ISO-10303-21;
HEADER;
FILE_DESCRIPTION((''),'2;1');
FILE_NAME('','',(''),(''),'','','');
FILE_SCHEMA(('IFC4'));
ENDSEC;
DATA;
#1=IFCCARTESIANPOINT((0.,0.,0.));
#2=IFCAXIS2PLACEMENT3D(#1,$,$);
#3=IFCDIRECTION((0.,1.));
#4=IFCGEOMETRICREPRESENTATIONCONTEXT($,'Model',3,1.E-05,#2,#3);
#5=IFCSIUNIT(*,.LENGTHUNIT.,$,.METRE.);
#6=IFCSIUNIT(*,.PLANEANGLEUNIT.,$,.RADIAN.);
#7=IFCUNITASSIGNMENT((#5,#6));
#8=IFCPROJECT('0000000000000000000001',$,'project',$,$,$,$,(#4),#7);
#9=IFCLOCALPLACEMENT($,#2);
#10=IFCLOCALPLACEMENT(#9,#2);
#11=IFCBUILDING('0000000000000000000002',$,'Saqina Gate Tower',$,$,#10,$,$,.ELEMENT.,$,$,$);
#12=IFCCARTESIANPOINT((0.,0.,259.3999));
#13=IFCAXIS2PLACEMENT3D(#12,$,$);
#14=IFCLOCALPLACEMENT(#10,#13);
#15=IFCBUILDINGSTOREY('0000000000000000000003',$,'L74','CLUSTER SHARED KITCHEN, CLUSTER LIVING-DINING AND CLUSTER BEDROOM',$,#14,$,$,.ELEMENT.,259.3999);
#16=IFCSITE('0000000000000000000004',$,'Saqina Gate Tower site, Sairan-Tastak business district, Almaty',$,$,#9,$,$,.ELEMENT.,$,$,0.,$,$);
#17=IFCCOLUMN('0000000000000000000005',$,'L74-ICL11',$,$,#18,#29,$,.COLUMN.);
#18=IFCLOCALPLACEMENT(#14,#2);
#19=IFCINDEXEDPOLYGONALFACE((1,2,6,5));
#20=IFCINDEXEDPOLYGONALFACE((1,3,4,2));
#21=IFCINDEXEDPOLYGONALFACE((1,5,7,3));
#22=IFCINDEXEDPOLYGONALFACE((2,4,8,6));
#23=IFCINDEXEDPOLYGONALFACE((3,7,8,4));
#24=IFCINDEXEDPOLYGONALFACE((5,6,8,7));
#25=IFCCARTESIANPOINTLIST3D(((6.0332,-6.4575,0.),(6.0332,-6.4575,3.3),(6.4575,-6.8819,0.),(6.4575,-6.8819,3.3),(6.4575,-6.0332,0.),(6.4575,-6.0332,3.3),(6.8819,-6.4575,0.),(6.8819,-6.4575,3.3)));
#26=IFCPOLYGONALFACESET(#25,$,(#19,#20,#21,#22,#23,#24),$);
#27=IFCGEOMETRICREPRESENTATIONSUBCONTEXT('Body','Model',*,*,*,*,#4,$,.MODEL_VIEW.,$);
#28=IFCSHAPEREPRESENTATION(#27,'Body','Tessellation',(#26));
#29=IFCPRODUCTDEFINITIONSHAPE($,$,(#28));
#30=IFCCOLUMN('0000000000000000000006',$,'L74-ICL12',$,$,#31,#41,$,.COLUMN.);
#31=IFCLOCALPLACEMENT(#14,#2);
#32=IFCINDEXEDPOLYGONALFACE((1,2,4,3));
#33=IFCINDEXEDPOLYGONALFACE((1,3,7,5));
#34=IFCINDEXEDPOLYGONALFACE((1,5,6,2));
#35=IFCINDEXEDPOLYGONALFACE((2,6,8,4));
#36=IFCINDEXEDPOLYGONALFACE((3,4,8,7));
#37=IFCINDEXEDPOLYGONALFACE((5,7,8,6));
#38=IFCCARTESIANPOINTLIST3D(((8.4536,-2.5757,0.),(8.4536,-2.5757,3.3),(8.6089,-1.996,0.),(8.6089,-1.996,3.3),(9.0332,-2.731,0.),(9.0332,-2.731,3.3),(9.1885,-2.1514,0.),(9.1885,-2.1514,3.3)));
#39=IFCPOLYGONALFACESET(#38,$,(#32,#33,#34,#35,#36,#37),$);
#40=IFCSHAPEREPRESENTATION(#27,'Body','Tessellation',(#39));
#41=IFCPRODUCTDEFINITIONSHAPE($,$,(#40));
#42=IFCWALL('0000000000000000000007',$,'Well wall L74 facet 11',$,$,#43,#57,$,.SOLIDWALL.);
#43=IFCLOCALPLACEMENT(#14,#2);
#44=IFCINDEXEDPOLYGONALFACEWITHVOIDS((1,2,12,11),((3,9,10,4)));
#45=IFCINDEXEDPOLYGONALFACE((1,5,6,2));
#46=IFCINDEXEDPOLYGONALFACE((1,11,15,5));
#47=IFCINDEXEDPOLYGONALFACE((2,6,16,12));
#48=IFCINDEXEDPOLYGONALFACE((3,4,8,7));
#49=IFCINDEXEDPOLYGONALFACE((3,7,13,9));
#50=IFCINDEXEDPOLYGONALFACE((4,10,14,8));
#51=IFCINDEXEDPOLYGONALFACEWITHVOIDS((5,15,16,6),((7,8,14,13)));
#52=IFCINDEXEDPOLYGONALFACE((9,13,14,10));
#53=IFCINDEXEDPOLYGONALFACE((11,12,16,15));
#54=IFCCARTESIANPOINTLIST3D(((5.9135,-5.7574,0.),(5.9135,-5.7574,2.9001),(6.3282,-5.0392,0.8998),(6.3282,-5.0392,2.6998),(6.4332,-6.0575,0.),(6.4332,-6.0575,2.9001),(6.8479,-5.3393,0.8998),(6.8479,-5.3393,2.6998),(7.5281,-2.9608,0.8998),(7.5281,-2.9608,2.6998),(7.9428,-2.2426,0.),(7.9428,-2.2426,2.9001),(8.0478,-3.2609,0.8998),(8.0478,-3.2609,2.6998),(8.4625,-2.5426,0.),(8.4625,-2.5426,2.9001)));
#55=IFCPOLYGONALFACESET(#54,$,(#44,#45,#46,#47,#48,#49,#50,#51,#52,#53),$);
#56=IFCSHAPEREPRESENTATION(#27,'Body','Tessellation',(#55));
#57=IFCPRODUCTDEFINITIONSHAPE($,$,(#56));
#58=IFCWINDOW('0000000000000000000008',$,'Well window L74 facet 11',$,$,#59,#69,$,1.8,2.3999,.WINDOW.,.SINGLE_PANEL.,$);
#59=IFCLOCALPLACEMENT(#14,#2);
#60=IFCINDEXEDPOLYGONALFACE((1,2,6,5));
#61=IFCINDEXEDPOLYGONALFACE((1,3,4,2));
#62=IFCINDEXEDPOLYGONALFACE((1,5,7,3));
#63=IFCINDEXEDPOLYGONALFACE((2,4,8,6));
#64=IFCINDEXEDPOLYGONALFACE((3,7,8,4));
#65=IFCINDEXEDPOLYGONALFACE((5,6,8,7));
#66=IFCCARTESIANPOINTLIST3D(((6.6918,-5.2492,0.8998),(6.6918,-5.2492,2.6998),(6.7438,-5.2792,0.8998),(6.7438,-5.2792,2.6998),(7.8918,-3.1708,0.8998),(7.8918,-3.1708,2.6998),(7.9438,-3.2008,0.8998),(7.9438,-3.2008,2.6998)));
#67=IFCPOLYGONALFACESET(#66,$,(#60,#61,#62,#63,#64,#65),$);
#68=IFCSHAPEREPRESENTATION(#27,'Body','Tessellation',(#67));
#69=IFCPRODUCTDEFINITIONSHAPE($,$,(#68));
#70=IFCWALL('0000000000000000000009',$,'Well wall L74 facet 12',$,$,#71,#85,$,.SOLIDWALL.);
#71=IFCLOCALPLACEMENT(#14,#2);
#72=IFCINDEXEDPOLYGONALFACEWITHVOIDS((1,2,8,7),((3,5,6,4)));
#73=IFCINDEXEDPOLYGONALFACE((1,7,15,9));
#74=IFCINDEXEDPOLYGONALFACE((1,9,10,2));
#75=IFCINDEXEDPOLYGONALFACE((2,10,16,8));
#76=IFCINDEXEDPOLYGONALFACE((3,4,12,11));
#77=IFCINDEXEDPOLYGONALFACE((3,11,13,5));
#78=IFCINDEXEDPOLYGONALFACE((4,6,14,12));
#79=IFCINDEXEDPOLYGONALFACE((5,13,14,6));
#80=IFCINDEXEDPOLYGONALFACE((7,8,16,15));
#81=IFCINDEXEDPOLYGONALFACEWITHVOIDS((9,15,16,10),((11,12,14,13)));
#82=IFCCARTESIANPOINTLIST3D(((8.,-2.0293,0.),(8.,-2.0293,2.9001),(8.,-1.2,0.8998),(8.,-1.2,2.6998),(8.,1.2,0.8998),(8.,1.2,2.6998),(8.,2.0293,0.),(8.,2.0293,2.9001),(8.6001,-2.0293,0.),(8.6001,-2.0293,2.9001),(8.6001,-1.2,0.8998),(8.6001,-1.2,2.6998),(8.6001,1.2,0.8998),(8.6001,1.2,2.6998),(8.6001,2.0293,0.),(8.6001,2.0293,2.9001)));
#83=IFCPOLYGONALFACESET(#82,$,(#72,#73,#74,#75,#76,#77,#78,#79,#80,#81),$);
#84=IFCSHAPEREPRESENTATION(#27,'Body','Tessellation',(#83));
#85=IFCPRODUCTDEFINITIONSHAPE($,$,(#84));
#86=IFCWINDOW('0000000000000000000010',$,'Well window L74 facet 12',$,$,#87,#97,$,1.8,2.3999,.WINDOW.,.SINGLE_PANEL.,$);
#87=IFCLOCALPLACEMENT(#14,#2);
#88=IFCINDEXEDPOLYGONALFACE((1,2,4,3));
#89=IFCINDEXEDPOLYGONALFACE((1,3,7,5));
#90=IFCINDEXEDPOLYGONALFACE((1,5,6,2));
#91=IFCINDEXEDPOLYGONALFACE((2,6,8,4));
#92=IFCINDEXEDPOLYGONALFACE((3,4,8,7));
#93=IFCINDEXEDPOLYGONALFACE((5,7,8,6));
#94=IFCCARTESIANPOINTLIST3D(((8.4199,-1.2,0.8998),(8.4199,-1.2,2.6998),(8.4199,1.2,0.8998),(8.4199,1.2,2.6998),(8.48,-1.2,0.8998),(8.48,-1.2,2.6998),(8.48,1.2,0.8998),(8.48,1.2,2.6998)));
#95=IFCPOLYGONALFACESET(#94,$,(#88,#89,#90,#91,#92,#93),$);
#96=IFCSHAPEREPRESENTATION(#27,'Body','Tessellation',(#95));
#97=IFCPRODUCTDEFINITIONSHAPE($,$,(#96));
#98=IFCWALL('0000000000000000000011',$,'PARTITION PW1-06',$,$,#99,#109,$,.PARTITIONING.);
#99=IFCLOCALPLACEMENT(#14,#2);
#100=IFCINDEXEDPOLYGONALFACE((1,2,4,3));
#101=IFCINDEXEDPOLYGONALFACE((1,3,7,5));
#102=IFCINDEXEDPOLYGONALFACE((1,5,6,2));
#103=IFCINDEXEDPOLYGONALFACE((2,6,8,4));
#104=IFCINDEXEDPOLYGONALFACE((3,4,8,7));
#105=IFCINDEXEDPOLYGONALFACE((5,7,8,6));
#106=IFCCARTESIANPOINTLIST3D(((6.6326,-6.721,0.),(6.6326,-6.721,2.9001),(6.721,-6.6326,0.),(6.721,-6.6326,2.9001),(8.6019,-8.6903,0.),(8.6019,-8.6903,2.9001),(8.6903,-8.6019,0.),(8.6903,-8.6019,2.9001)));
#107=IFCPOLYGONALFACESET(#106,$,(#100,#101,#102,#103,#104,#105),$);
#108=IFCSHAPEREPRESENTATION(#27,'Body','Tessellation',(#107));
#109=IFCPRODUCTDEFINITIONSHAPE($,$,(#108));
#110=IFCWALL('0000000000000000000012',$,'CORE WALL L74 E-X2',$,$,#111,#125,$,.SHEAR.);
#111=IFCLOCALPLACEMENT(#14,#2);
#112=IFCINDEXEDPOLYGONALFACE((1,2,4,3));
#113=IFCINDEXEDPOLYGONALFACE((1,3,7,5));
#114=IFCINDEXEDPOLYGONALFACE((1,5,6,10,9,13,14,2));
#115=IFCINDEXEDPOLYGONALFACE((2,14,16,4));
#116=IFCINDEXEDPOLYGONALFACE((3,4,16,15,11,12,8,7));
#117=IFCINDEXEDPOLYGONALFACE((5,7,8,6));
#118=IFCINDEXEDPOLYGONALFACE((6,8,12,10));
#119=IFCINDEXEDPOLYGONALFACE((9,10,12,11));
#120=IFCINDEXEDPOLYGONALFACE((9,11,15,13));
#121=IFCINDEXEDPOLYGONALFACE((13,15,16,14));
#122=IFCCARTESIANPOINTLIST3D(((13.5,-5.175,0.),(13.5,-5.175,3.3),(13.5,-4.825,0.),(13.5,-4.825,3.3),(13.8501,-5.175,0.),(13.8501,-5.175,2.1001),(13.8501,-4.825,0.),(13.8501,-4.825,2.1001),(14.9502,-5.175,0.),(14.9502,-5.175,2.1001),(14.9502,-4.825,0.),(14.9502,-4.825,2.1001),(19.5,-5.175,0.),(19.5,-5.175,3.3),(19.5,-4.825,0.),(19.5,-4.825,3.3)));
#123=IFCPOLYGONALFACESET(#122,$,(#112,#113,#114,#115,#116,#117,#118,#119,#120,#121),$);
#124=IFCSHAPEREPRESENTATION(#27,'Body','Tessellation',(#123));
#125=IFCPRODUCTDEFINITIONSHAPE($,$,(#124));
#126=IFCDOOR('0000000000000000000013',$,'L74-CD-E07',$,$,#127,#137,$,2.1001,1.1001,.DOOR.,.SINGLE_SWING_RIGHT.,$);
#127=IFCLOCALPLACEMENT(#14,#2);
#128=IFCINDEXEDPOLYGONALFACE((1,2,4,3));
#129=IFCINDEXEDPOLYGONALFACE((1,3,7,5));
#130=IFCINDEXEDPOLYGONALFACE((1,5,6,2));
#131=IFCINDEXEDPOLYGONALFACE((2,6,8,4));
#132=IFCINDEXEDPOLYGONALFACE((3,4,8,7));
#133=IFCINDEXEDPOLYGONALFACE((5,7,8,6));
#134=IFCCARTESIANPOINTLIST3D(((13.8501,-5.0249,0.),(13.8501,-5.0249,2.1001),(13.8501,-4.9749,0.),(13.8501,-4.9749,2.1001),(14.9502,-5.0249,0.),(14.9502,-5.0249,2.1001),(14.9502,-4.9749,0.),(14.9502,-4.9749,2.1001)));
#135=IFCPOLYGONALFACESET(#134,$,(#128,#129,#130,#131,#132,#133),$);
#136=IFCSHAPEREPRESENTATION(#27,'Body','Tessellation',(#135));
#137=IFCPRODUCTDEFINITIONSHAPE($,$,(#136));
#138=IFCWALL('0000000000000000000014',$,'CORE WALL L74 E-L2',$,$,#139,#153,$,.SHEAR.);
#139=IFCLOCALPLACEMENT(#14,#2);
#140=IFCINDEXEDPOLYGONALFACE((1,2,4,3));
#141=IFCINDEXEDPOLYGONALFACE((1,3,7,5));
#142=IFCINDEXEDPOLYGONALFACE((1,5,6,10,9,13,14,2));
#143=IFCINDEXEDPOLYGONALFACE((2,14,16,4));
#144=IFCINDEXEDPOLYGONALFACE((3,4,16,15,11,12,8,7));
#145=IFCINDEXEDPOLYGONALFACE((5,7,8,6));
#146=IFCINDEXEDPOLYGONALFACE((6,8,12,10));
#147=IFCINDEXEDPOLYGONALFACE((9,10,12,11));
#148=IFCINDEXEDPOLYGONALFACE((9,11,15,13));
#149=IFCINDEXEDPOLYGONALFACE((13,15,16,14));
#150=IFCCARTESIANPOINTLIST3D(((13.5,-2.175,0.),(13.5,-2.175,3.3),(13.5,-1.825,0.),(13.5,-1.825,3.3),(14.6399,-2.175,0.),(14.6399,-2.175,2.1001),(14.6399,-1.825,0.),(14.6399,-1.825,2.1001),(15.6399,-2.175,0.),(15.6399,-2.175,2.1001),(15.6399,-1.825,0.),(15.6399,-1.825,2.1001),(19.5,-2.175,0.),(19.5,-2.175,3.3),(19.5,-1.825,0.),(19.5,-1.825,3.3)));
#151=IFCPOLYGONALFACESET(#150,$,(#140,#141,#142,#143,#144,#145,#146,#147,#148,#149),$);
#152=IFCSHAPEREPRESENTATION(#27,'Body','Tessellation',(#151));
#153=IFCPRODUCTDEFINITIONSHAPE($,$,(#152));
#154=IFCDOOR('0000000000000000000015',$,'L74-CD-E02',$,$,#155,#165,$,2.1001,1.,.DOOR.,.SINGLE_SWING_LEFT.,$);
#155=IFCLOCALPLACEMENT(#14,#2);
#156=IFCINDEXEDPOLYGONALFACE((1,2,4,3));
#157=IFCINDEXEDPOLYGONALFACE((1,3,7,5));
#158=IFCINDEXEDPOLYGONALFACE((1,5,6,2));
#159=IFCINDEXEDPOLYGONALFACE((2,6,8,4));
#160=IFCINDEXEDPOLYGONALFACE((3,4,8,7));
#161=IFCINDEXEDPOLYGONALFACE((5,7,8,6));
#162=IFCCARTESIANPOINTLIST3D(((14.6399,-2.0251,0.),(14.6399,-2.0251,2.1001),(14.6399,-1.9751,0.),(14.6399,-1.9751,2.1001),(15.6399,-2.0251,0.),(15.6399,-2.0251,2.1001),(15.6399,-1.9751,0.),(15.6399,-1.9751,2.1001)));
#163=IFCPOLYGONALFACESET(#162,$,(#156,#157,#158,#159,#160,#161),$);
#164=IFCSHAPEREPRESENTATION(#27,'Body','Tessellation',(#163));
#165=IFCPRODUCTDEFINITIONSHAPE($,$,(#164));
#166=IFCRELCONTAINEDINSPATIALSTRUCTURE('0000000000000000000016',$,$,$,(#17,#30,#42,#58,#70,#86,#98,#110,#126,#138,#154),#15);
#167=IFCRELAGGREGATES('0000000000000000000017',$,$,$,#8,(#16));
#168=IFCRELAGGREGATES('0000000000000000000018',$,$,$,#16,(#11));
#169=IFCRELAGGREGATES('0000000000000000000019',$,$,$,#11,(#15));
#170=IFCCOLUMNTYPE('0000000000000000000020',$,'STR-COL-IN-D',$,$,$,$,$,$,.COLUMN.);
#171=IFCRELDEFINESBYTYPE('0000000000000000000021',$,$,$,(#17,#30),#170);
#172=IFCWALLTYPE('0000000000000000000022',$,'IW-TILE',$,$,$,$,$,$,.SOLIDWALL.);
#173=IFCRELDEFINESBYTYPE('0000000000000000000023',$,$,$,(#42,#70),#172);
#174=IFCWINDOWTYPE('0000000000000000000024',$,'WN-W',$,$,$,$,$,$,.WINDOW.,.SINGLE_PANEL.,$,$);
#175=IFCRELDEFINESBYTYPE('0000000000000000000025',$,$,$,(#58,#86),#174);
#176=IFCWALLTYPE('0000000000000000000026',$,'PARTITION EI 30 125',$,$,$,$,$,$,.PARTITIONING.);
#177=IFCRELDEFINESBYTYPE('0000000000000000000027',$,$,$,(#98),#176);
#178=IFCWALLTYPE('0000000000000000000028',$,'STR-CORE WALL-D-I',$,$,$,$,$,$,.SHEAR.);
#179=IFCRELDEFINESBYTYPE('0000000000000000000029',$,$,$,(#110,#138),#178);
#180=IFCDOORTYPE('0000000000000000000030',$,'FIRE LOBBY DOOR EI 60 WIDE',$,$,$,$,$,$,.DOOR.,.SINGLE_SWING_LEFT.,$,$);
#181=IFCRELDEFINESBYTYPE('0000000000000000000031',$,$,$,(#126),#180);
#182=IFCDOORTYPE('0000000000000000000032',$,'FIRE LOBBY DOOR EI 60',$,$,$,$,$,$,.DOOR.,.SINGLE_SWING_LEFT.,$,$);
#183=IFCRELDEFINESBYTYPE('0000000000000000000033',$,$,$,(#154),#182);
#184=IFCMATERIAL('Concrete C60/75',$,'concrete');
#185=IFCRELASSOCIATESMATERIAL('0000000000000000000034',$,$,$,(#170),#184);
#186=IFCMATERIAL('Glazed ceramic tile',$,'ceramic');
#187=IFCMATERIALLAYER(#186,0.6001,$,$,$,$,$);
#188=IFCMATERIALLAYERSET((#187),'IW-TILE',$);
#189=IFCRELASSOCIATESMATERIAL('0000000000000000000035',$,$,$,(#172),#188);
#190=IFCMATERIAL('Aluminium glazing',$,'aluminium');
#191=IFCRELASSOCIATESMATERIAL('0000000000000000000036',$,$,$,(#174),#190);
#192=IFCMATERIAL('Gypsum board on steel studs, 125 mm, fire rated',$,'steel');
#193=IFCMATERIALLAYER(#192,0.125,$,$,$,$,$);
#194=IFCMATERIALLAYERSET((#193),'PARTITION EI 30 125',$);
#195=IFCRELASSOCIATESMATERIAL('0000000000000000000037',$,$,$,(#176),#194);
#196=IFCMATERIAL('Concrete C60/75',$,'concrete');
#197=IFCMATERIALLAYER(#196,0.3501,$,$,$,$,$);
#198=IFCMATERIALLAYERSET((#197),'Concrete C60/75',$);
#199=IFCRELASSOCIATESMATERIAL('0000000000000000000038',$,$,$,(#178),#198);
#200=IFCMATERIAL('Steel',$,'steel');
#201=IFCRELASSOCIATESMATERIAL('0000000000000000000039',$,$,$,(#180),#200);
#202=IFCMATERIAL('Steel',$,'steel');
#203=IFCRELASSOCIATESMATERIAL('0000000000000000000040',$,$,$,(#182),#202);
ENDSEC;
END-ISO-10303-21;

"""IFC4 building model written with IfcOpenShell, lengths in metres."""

from ifc_helpers import new_model, si_unit, direction, frame, frame_2d, origin, origin_2d, place, context, subcontext, project, spatial, rectangle, extrude, material, layer, layer_set, material_profile, profile_set, type_object, element, fill, save


model = new_model("IFC4")

# Units and contexts
model_context = context("Model", 3, precision=1e-05, world=origin(), true_north=direction((0.0, 1.0)))
body_context = subcontext(model_context, "Body", "Model", "MODEL_VIEW")
ifc_project = project(units=[si_unit("LENGTHUNIT", "METRE"), si_unit("PLANEANGLEUNIT", "RADIAN")], contexts=[model_context])

# Site, building, storey
site_placement = place(None, origin())
site = spatial("IfcSite", under=ifc_project, at=site_placement, Name="Saqina Gate Tower site, Sairan-Tastak business district, Almaty", CompositionType="ELEMENT", RefElevation=0.0)
building_placement = place(site_placement, origin())
building = spatial("IfcBuilding", under=site, at=building_placement, Name="Saqina Gate Tower", CompositionType="ELEMENT")
storey_placement = place(building_placement, frame((0.0, 0.0, 259.3999)))
storey = spatial("IfcBuildingStorey", under=building, at=storey_placement, Name="L74", Description="CLUSTER SHARED KITCHEN, CLUSTER LIVING-DINING AND CLUSTER BEDROOM", CompositionType="ELEMENT", Elevation=259.3999)

# Columns
ifc_material_1 = material(Name="Concrete C60/75", Category="concrete")
ifc_material_profile = material_profile(ifc_material_1, rectangle(XDim=0.6001, YDim=0.6001, at=origin_2d()), Name="RC 600x600")
ifc_profile_set = profile_set([ifc_material_profile], Name="Concrete C60/75")
column_type = type_object("IfcColumnType", Name="STR-COL-IN-D", PredefinedType="COLUMN", material=ifc_profile_set)
for number, where, z_axis, x_axis, name in (
    (1, (6.4575, -6.4575, 0.0), (0.0, 0.0, 1.0), (0.707107, -0.707107, 0.0), "L74-ICL11"),
    (2, (8.821, -2.3635, 0.0), (0.0, 0.0, 1.0), (0.965926, -0.258819, 0.0), "L74-ICL12"),
):
    element("IfcColumn", number, at=place(storey_placement, frame(where, z_axis=z_axis, x_axis=x_axis)), inside=storey, type_object=column_type, Name=name, PredefinedType="COLUMN", context=body_context, shape_type="SweptSolid", body=[
        extrude(rectangle(XDim=0.6001, YDim=0.6001, at=origin_2d()), origin(), (0.0, 0.0, 1.0), 3.3),
    ])

# Walls, openings, windows
ifc_material_2 = material(Name="Glazed ceramic tile", Category="ceramic")
ifc_layer_1 = layer(ifc_material_2, 0.6001)
ifc_layer_set_1 = layer_set([ifc_layer_1], Name="IW-TILE")
wall_type_1 = type_object("IfcWallType", Name="IW-TILE", PredefinedType="SOLIDWALL", material=ifc_layer_set_1)
wall_1_placement = place(storey_placement, frame((6.1733, -5.9075, 0.0), z_axis=(0.0, 0.0, 1.0), x_axis=(0.499995, 0.866028, 0.0)))
wall_1 = element("IfcWall", 3, at=wall_1_placement, inside=storey, type_object=wall_type_1, Name="Well wall L74 facet 11", PredefinedType="SOLIDWALL", context=body_context, shape_type="SweptSolid", body=[
    extrude(rectangle(XDim=4.0586, YDim=0.6001, at=frame_2d((2.0293, 0.0))), origin(), (0.0, 0.0, 1.0), 2.9001),
])
opening_1_placement = place(wall_1_placement, frame((0.8293, 0.0, 0.8999)))
opening_1 = element("IfcOpeningElement", 4, at=opening_1_placement, cuts=wall_1, PredefinedType="OPENING", context=body_context, shape_type="SweptSolid", body=[
    extrude(rectangle(XDim=2.3999, YDim=1.8, at=frame_2d((1.2, 0.8999))), frame((0.0, 0.312, 0.0), z_axis=(0.0, -1.0, 0.0), x_axis=(1.0, 0.0, 0.0)), (0.0, 0.0, 1.0), 0.624),
])
ifc_material_3 = material(Name="Aluminium glazing", Category="aluminium")
window_type = type_object("IfcWindowType", Name="WN-W", PartitioningType="SINGLE_PANEL", PredefinedType="WINDOW", material=ifc_material_3)
window_1_placement = place(opening_1_placement, origin())
window_1 = element("IfcWindow", 5, at=window_1_placement, inside=storey, type_object=window_type, Name="Well window L74 facet 11", OverallHeight=1.8, OverallWidth=2.3999, PartitioningType="SINGLE_PANEL", PredefinedType="WINDOW", context=body_context, shape_type="SweptSolid", body=[
    extrude(rectangle(XDim=2.3999, YDim=1.8, at=frame_2d((1.2, 0.8999))), frame((0.0, -0.1199, 0.0), z_axis=(0.0, -1.0, 0.0), x_axis=(1.0, 0.0, 0.0)), (0.0, 0.0, 1.0), 0.0601),
])
fill(opening_1, window_1)
wall_2_placement = place(storey_placement, frame((8.3, -2.0293, 0.0), z_axis=(0.0, 0.0, 1.0), x_axis=(0.0, 1.0, 0.0)))
wall_2 = element("IfcWall", 6, at=wall_2_placement, inside=storey, type_object=wall_type_1, Name="Well wall L74 facet 12", PredefinedType="SOLIDWALL", context=body_context, shape_type="SweptSolid", body=[
    extrude(rectangle(XDim=4.0586, YDim=0.6001, at=frame_2d((2.0293, 0.0))), origin(), (0.0, 0.0, 1.0), 2.9001),
])
opening_2_placement = place(wall_2_placement, frame((0.8293, 0.0, 0.8999)))
opening_2 = element("IfcOpeningElement", 7, at=opening_2_placement, cuts=wall_2, PredefinedType="OPENING", context=body_context, shape_type="SweptSolid", body=[
    extrude(rectangle(XDim=2.3999, YDim=1.8, at=frame_2d((1.2, 0.8999))), frame((0.0, 0.312, 0.0), z_axis=(0.0, -1.0, 0.0), x_axis=(1.0, 0.0, 0.0)), (0.0, 0.0, 1.0), 0.624),
])
window_2_placement = place(opening_2_placement, origin())
window_2 = element("IfcWindow", 8, at=window_2_placement, inside=storey, type_object=window_type, Name="Well window L74 facet 12", OverallHeight=1.8, OverallWidth=2.3999, PartitioningType="SINGLE_PANEL", PredefinedType="WINDOW", context=body_context, shape_type="SweptSolid", body=[
    extrude(rectangle(XDim=2.3999, YDim=1.8, at=frame_2d((1.2, 0.8999))), frame((0.0, -0.1199, 0.0), z_axis=(0.0, -1.0, 0.0), x_axis=(1.0, 0.0, 0.0)), (0.0, 0.0, 1.0), 0.0601),
])
fill(opening_2, window_2)

# Wall
ifc_material_4 = material(Name="Gypsum board on steel studs, 125 mm, fire rated", Category="steel")
ifc_layer_2 = layer(ifc_material_4, 0.125)
ifc_layer_set_2 = layer_set([ifc_layer_2], Name="PARTITION EI 30 125")
wall_type_2 = type_object("IfcWallType", Name="PARTITION EI 30 125", PredefinedType="PARTITIONING", material=ifc_layer_set_2)
wall_3_placement = place(storey_placement, frame((6.6768, -6.6768, 0.0), z_axis=(0.0, 0.0, 1.0), x_axis=(0.707107, -0.707107, 0.0)))
element("IfcWall", 9, at=wall_3_placement, inside=storey, type_object=wall_type_2, Name="PARTITION PW1-06", PredefinedType="PARTITIONING", context=body_context, shape_type="SweptSolid", body=[
    extrude(rectangle(XDim=2.7849, YDim=0.125, at=frame_2d((1.3926, 0.0))), origin(), (0.0, 0.0, 1.0), 2.9001),
])

# Walls, openings, doors
ifc_material_5 = material(Name="Concrete C60/75", Category="concrete")
ifc_layer_3 = layer(ifc_material_5, 0.3501)
ifc_layer_set_3 = layer_set([ifc_layer_3], Name="Concrete C60/75")
wall_type_3 = type_object("IfcWallType", Name="STR-CORE WALL-D-I", PredefinedType="SHEAR", material=ifc_layer_set_3)
wall_4_placement = place(storey_placement, frame((13.5, -5.0, 0.0), z_axis=(0.0, 0.0, 1.0), x_axis=(1.0, 0.0, 0.0)))
wall_4 = element("IfcWall", 10, at=wall_4_placement, inside=storey, type_object=wall_type_3, Name="CORE WALL L74 E-X2", PredefinedType="SHEAR", context=body_context, shape_type="SweptSolid", body=[
    extrude(rectangle(XDim=6.0, YDim=0.3501, at=frame_2d((3.0, 0.0))), origin(), (0.0, 0.0, 1.0), 3.3),
])
opening_3_placement = place(wall_4_placement, frame((0.3501, 0.0, 0.0)))
opening_3 = element("IfcOpeningElement", 11, at=opening_3_placement, cuts=wall_4, PredefinedType="OPENING", context=body_context, shape_type="SweptSolid", body=[
    extrude(rectangle(XDim=1.1001, YDim=2.1001, at=frame_2d((0.55, 1.05))), frame((0.0, 0.187, 0.0), z_axis=(0.0, -1.0, 0.0), x_axis=(1.0, 0.0, 0.0)), (0.0, 0.0, 1.0), 0.374),
])
ifc_material_6 = material(Name="Steel", Category="steel")
door_type_1 = type_object("IfcDoorType", Name="FIRE LOBBY DOOR EI 60 WIDE", OperationType="SINGLE_SWING_LEFT", PredefinedType="DOOR", material=ifc_material_6)
door_1_placement = place(opening_3_placement, frame((1.1001, 0.0, 0.0), z_axis=(0.0, 0.0, 1.0), x_axis=(-1.0, 0.0, 0.0)))
door_1 = element("IfcDoor", 12, at=door_1_placement, inside=storey, type_object=door_type_1, Name="L74-CD-E07", OperationType="SINGLE_SWING_RIGHT", OverallHeight=2.1001, OverallWidth=1.1001, PredefinedType="DOOR", context=body_context, shape_type="SweptSolid", body=[
    extrude(rectangle(XDim=1.1001, YDim=2.1001, at=frame_2d((0.55, 1.05))), frame((0.0, 0.0249, 0.0), z_axis=(0.0, -1.0, 0.0), x_axis=(1.0, 0.0, 0.0)), (0.0, 0.0, 1.0), 0.05),
])
fill(opening_3, door_1)
wall_5_placement = place(storey_placement, frame((13.5, -2.0, 0.0), z_axis=(0.0, 0.0, 1.0), x_axis=(1.0, 0.0, 0.0)))
wall_5 = element("IfcWall", 13, at=wall_5_placement, inside=storey, type_object=wall_type_3, Name="CORE WALL L74 E-L2", PredefinedType="SHEAR", context=body_context, shape_type="SweptSolid", body=[
    extrude(rectangle(XDim=6.0, YDim=0.3501, at=frame_2d((3.0, 0.0))), origin(), (0.0, 0.0, 1.0), 3.3),
])
opening_4_placement = place(wall_5_placement, frame((1.1399, 0.0, 0.0)))
opening_4 = element("IfcOpeningElement", 14, at=opening_4_placement, cuts=wall_5, PredefinedType="OPENING", context=body_context, shape_type="SweptSolid", body=[
    extrude(rectangle(XDim=1.0, YDim=2.1001, at=frame_2d((0.5, 1.05))), frame((0.0, 0.187, 0.0), z_axis=(0.0, -1.0, 0.0), x_axis=(1.0, 0.0, 0.0)), (0.0, 0.0, 1.0), 0.374),
])
ifc_material_7 = material(Name="Steel", Category="steel")
door_type_2 = type_object("IfcDoorType", Name="FIRE LOBBY DOOR EI 60", OperationType="SINGLE_SWING_LEFT", PredefinedType="DOOR", material=ifc_material_7)
door_2_placement = place(opening_4_placement, origin())
door_2 = element("IfcDoor", 15, at=door_2_placement, inside=storey, type_object=door_type_2, Name="L74-CD-E02", OperationType="SINGLE_SWING_LEFT", OverallHeight=2.1001, OverallWidth=1.0, PredefinedType="DOOR", context=body_context, shape_type="SweptSolid", body=[
    extrude(rectangle(XDim=1.0, YDim=2.1001, at=frame_2d((0.5, 1.05))), frame((0.0, 0.0249, 0.0), z_axis=(0.0, -1.0, 0.0), x_axis=(1.0, 0.0, 0.0)), (0.0, 0.0, 1.0), 0.05),
])
fill(opening_4, door_2)

save(model, "model.ifc")
